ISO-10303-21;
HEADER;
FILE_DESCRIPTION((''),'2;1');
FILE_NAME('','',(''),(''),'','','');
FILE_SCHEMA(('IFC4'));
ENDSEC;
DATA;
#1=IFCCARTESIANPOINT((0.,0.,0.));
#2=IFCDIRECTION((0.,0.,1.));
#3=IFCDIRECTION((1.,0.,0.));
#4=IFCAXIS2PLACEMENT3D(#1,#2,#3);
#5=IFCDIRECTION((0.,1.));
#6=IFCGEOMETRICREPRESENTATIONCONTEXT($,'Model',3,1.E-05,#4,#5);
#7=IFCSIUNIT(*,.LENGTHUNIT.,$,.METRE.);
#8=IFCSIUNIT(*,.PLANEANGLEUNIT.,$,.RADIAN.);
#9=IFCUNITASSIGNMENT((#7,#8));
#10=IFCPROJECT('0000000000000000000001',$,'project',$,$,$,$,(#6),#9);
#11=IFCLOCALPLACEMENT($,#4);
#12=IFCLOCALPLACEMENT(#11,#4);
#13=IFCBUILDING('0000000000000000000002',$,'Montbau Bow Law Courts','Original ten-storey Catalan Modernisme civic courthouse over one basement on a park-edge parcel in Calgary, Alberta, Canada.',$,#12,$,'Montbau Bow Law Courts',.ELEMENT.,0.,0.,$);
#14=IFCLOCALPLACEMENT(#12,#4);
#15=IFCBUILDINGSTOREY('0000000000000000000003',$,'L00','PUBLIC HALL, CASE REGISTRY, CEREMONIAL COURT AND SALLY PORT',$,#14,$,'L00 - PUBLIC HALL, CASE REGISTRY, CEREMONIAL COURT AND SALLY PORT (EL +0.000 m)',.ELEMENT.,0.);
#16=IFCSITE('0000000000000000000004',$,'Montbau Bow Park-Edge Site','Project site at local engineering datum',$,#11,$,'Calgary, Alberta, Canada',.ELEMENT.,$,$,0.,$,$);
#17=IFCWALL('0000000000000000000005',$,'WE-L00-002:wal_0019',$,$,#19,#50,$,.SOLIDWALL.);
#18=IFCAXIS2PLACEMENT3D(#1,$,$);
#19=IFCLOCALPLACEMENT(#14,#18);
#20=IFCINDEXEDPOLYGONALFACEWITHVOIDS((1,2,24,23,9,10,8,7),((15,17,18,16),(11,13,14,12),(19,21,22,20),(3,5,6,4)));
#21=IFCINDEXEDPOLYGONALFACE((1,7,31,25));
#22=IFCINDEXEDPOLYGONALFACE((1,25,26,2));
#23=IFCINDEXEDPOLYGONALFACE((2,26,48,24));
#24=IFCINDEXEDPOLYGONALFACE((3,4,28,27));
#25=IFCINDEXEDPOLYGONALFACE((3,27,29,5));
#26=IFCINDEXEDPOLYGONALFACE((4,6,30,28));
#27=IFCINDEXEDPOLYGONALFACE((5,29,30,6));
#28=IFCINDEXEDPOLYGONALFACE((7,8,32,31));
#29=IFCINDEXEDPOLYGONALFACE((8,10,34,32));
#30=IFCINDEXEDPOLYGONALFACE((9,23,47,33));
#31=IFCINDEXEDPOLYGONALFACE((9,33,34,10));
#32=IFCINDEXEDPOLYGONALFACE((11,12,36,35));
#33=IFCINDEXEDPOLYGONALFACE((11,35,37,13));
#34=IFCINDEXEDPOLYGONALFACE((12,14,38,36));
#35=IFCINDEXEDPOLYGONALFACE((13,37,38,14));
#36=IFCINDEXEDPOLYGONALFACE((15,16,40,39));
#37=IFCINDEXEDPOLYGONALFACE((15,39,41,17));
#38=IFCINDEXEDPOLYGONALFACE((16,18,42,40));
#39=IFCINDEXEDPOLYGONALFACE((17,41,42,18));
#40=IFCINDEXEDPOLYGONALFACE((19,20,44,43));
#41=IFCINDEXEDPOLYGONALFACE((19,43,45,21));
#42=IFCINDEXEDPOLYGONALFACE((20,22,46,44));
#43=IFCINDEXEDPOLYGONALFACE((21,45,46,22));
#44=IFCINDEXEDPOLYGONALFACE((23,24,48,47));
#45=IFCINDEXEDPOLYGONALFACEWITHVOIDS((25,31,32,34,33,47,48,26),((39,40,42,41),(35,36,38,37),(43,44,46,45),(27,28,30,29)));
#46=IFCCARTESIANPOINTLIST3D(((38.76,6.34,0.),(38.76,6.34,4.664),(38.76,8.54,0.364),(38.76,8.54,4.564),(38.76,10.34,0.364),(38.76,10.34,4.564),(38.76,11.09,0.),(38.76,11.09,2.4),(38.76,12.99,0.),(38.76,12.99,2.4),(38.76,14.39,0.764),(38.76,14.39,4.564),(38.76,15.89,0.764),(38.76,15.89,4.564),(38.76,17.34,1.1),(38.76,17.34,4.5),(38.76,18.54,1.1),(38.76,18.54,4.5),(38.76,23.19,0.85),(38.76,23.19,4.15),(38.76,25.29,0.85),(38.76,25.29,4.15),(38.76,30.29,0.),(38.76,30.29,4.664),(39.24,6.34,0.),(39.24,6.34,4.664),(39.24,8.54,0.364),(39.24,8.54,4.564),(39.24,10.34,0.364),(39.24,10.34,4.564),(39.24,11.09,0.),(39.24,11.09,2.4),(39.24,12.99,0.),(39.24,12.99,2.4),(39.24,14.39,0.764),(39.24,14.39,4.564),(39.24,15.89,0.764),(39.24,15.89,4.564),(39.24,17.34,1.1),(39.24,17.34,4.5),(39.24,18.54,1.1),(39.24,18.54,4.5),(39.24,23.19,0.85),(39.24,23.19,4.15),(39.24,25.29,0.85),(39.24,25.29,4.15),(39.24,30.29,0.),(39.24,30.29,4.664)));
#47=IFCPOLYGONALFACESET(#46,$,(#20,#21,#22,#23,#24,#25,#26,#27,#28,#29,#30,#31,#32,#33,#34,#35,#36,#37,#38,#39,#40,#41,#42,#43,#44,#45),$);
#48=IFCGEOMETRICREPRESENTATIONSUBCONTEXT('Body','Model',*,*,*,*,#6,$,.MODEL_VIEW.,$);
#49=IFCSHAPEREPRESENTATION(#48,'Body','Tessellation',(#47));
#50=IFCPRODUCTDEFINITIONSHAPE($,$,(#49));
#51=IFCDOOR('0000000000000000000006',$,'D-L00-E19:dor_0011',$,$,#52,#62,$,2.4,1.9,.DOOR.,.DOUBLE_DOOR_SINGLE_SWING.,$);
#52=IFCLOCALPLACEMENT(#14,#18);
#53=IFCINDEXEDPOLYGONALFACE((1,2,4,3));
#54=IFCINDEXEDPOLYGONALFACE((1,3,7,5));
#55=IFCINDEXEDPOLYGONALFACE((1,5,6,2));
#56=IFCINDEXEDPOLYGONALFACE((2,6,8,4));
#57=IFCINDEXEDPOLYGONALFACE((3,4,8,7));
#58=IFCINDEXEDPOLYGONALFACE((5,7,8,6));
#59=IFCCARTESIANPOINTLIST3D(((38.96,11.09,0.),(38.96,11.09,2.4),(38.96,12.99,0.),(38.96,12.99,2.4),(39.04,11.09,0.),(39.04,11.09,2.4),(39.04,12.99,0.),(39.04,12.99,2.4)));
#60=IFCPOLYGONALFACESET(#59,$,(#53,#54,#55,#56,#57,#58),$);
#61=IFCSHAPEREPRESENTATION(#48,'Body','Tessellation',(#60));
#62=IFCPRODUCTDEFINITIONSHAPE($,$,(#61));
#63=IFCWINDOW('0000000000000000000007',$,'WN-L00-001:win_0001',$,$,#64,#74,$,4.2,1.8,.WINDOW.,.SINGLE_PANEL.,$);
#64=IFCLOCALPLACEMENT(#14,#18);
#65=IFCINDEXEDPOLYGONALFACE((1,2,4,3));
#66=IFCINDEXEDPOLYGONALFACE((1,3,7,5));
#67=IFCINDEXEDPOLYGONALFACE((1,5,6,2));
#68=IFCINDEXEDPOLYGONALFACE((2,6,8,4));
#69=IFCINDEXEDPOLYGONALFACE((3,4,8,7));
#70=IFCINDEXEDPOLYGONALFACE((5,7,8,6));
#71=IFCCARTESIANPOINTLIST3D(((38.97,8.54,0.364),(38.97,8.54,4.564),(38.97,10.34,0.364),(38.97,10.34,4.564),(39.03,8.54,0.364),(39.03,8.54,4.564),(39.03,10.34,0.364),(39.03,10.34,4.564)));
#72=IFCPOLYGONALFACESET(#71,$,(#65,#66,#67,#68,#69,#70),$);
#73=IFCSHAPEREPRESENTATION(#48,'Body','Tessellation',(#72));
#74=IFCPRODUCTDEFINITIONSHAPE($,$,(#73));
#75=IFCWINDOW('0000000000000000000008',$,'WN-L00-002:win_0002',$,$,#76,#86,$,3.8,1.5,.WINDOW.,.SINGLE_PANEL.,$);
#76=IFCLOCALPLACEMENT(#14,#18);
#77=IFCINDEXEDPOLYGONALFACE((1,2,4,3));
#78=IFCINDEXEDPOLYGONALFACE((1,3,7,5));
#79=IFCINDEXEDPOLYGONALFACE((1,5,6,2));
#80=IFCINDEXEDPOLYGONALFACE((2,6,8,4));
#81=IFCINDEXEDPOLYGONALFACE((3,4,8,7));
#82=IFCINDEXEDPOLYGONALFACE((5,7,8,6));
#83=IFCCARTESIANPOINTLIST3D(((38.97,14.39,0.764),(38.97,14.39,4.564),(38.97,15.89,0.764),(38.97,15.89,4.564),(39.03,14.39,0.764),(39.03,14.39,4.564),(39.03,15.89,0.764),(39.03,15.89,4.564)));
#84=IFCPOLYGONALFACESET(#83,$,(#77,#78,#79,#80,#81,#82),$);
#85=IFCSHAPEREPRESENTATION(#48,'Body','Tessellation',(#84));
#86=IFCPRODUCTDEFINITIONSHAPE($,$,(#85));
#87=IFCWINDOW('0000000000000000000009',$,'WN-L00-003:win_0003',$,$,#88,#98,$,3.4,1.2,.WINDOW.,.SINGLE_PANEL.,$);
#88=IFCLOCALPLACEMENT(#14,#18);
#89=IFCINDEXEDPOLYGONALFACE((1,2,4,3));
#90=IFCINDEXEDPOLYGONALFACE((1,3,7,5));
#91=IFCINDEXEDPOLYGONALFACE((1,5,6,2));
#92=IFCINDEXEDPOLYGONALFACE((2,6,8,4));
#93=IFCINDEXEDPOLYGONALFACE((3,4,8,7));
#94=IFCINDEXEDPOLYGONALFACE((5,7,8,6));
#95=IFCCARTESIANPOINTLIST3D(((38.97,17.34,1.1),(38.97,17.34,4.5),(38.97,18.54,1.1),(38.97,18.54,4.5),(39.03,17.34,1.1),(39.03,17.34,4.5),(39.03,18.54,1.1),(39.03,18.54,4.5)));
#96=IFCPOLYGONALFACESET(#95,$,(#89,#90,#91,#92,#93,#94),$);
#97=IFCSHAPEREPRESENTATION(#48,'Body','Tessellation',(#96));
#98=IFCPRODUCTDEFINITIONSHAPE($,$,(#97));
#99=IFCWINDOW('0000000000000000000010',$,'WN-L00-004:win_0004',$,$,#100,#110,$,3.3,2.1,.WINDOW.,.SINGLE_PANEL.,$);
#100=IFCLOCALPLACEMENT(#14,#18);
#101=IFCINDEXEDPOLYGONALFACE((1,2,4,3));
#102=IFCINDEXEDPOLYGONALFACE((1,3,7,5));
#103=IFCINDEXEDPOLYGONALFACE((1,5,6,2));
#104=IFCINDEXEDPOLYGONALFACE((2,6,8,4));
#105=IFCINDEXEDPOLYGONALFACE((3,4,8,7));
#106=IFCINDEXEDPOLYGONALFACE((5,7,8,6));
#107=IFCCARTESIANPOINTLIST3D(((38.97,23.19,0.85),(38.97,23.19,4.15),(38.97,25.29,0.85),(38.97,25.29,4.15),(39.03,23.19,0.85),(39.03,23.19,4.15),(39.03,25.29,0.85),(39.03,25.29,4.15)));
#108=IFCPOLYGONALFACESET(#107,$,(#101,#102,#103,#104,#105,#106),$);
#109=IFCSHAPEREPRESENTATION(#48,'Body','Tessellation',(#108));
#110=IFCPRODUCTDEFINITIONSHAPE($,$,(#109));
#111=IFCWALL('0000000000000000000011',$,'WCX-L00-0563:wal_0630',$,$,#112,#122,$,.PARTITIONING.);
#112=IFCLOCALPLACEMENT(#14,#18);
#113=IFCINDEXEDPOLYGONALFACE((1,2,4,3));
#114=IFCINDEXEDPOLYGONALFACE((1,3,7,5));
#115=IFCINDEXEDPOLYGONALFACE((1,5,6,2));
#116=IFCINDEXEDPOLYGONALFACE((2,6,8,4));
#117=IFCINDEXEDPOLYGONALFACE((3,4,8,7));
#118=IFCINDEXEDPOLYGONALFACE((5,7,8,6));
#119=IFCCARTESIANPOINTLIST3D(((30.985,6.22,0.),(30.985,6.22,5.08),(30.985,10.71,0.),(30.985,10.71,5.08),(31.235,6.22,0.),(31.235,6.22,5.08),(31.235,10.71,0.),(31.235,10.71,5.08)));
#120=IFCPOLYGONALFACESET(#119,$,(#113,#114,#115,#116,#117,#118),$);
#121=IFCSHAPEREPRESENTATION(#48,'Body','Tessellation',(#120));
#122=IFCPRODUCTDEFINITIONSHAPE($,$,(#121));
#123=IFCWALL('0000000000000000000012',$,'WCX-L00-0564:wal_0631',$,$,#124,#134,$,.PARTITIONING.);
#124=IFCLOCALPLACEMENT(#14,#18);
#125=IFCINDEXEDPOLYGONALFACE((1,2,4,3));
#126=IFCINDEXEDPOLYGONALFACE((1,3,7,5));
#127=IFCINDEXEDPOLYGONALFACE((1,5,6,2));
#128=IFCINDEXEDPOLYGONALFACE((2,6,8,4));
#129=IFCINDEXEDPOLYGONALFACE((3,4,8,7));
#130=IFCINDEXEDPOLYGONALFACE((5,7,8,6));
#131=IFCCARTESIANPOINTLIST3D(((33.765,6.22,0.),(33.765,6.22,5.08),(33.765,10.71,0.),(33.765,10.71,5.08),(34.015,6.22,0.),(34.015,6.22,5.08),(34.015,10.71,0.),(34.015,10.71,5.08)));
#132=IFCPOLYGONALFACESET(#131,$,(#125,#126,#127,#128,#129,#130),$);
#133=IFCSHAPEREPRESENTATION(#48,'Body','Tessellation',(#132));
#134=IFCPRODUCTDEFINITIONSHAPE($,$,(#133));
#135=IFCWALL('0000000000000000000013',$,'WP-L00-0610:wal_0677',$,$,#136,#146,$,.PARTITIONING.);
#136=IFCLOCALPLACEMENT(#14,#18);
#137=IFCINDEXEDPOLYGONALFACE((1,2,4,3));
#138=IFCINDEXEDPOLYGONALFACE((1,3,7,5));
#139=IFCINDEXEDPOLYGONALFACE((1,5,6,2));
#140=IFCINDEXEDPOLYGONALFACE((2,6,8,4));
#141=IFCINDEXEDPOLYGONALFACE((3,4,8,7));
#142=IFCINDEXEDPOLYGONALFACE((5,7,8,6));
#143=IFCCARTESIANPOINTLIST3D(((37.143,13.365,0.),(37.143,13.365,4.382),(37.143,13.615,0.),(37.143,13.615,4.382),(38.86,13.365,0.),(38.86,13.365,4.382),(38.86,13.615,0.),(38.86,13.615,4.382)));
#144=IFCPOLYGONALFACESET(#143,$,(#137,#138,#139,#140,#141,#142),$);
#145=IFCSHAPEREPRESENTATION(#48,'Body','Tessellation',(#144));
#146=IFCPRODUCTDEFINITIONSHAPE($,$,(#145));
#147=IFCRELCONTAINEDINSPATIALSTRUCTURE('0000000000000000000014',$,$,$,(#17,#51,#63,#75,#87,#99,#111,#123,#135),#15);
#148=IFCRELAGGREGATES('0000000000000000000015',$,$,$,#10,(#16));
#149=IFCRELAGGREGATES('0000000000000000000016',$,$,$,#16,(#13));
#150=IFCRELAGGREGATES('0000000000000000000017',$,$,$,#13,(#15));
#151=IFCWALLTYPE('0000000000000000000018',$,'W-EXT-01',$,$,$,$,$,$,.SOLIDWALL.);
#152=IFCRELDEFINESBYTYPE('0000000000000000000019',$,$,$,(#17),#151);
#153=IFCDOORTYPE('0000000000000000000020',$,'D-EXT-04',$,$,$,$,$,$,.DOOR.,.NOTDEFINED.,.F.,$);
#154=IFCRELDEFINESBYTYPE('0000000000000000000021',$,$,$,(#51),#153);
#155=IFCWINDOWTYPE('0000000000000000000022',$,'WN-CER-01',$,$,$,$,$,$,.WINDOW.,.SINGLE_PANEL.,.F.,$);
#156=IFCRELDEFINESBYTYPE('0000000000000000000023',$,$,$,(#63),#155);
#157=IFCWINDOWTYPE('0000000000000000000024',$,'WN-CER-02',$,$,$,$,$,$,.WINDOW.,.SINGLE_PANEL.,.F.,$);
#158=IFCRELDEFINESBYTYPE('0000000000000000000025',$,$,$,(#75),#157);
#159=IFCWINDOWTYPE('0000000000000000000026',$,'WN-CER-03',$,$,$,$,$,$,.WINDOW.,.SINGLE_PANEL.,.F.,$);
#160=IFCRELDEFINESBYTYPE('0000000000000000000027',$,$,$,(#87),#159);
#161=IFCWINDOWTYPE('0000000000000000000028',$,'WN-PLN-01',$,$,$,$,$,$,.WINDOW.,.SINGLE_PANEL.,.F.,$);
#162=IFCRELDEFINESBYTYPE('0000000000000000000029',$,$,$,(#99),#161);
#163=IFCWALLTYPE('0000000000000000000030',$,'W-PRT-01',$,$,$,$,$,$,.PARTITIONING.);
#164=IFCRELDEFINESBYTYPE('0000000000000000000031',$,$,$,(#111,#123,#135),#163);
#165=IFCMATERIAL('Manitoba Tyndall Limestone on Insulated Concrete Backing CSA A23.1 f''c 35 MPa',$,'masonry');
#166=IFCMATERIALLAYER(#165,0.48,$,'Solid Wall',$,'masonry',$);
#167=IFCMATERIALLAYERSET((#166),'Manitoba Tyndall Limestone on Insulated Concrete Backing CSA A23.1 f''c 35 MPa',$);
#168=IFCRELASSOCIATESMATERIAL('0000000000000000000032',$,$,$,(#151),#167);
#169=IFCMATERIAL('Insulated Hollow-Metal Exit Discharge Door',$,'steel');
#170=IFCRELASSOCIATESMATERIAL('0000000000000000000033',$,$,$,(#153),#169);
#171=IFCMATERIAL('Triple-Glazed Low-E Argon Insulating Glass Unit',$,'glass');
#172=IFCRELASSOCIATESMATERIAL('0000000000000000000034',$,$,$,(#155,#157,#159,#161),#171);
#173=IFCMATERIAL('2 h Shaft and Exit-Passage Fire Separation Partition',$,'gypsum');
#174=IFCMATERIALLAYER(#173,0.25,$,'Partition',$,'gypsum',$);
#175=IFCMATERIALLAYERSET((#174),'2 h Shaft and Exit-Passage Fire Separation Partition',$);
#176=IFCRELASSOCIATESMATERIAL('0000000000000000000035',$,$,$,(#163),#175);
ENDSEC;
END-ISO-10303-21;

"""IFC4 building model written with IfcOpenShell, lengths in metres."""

from ifc_helpers import new_model, si_unit, direction, frame, frame_2d, origin_with_axes, place, context, subcontext, project, spatial, rectangle, extrude, material, layer, layer_set, type_object, element, fill, save


model = new_model("IFC4")

# Units and contexts
model_context = context("Model", 3, precision=1e-05, world=origin_with_axes(), true_north=direction((0.0, 1.0)))
body_context = subcontext(model_context, "Body", "Model", "MODEL_VIEW")
ifc_project = project(units=[si_unit("LENGTHUNIT", "METRE"), si_unit("PLANEANGLEUNIT", "RADIAN")], contexts=[model_context])

# Site, building, storey
site_placement = place(None, origin_with_axes())
site = spatial("IfcSite", under=ifc_project, at=site_placement, Name="Montbau Bow Park-Edge Site", Description="Project site at local engineering datum", LongName="Calgary, Alberta, Canada", CompositionType="ELEMENT", RefElevation=0.0)
building_placement = place(site_placement, origin_with_axes())
building = spatial("IfcBuilding", under=site, at=building_placement, Name="Montbau Bow Law Courts", Description="Original ten-storey Catalan Modernisme civic courthouse over one basement on a park-edge parcel in Calgary, Alberta, Canada.", LongName="Montbau Bow Law Courts", CompositionType="ELEMENT", ElevationOfRefHeight=0.0, ElevationOfTerrain=0.0)
storey_placement = place(building_placement, origin_with_axes())
storey = spatial("IfcBuildingStorey", under=building, at=storey_placement, Name="L00", Description="PUBLIC HALL, CASE REGISTRY, CEREMONIAL COURT AND SALLY PORT", LongName="L00 - PUBLIC HALL, CASE REGISTRY, CEREMONIAL COURT AND SALLY PORT (EL +0.000 m)", CompositionType="ELEMENT", Elevation=0.0)

# Wall, openings, door, windows
ifc_material_1 = material(Name="Manitoba Tyndall Limestone on Insulated Concrete Backing CSA A23.1 f'c 35 MPa", Category="masonry")
ifc_layer_1 = layer(ifc_material_1, 0.48, Name="Solid Wall", Category="masonry")
ifc_layer_set_1 = layer_set([ifc_layer_1], Name="Manitoba Tyndall Limestone on Insulated Concrete Backing CSA A23.1 f'c 35 MPa")
wall_type_1 = type_object("IfcWallType", Name="W-EXT-01", PredefinedType="SOLIDWALL", material=ifc_layer_set_1)
wall_1_placement = place(None, frame((39.0, 6.34, 0.0), z_axis=(0.0, 0.0, 1.0), x_axis=(0.0, 1.0, 0.0)))
wall_1 = element("IfcWall", 1, at=wall_1_placement, inside=storey, type_object=wall_type_1, Name="WE-L00-002:wal_0019", PredefinedType="SOLIDWALL", context=body_context, shape_type="SweptSolid", body=[
    extrude(rectangle(XDim=23.95, YDim=0.48, at=frame_2d((11.975, 0.0), x_axis=(1.0, 0.0))), origin_with_axes(), (0.0, 0.0, 1.0), 4.664),
])
opening_1_placement = place(None, frame((39.0, 12.04, 0.0), z_axis=(0.0, 0.0, 1.0), x_axis=(0.0, 1.0, 0.0)))
opening_1 = element("IfcOpeningElement", 2, at=opening_1_placement, cuts=wall_1, PredefinedType="OPENING", context=body_context, shape_type="SweptSolid", body=[
    extrude(rectangle(XDim=1.9, YDim=2.4, at=frame_2d((0.0, 1.2), x_axis=(1.0, 0.0))), frame((0.0, 0.25, 0.0), z_axis=(0.0, -1.0, 0.0), x_axis=(1.0, 0.0, 0.0)), (0.0, 0.0, 1.0), 0.5),
])
opening_2_placement = place(None, frame((39.0, 9.44, 0.364), z_axis=(0.0, 0.0, 1.0), x_axis=(0.0, 1.0, 0.0)))
opening_2 = element("IfcOpeningElement", 3, at=opening_2_placement, cuts=wall_1, PredefinedType="OPENING", context=body_context, shape_type="SweptSolid", body=[
    extrude(rectangle(XDim=1.8, YDim=4.2, at=frame_2d((0.0, 2.1), x_axis=(1.0, 0.0))), frame((0.0, 0.25, 0.0), z_axis=(0.0, -1.0, 0.0), x_axis=(1.0, 0.0, 0.0)), (0.0, 0.0, 1.0), 0.5),
])
opening_3_placement = place(None, frame((39.0, 15.14, 0.764), z_axis=(0.0, 0.0, 1.0), x_axis=(0.0, 1.0, 0.0)))
opening_3 = element("IfcOpeningElement", 4, at=opening_3_placement, cuts=wall_1, PredefinedType="OPENING", context=body_context, shape_type="SweptSolid", body=[
    extrude(rectangle(XDim=1.5, YDim=3.8, at=frame_2d((0.0, 1.9), x_axis=(1.0, 0.0))), frame((0.0, 0.25, 0.0), z_axis=(0.0, -1.0, 0.0), x_axis=(1.0, 0.0, 0.0)), (0.0, 0.0, 1.0), 0.5),
])
opening_4_placement = place(None, frame((39.0, 17.94, 1.1), z_axis=(0.0, 0.0, 1.0), x_axis=(0.0, 1.0, 0.0)))
opening_4 = element("IfcOpeningElement", 5, at=opening_4_placement, cuts=wall_1, PredefinedType="OPENING", context=body_context, shape_type="SweptSolid", body=[
    extrude(rectangle(XDim=1.2, YDim=3.4, at=frame_2d((0.0, 1.7), x_axis=(1.0, 0.0))), frame((0.0, 0.25, 0.0), z_axis=(0.0, -1.0, 0.0), x_axis=(1.0, 0.0, 0.0)), (0.0, 0.0, 1.0), 0.5),
])
opening_5_placement = place(None, frame((39.0, 24.24, 0.85), z_axis=(0.0, 0.0, 1.0), x_axis=(0.0, 1.0, 0.0)))
opening_5 = element("IfcOpeningElement", 6, at=opening_5_placement, cuts=wall_1, PredefinedType="OPENING", context=body_context, shape_type="SweptSolid", body=[
    extrude(rectangle(XDim=2.1, YDim=3.3, at=frame_2d((0.0, 1.65), x_axis=(1.0, 0.0))), frame((0.0, 0.25, 0.0), z_axis=(0.0, -1.0, 0.0), x_axis=(1.0, 0.0, 0.0)), (0.0, 0.0, 1.0), 0.5),
])
ifc_material_2 = material(Name="Insulated Hollow-Metal Exit Discharge Door", Category="steel")
door_type_1 = type_object("IfcDoorType", Name="D-EXT-04", OperationType="NOTDEFINED", ParameterTakesPrecedence=False, PredefinedType="DOOR", material=ifc_material_2)
door_1_placement = place(None, frame((39.0, 12.04, 0.0), z_axis=(0.0, 0.0, 1.0), x_axis=(0.0, -1.0, 0.0)))
door_1 = element("IfcDoor", 7, at=door_1_placement, inside=storey, type_object=door_type_1, Name="D-L00-E19:dor_0011", OperationType="DOUBLE_DOOR_SINGLE_SWING", OverallHeight=2.4, OverallWidth=1.9, PredefinedType="DOOR", context=body_context, shape_type="SweptSolid", body=[
    extrude(rectangle(XDim=1.9, YDim=2.4, at=frame_2d((0.0, 1.2), x_axis=(1.0, 0.0))), frame((0.0, 0.04, 0.0), z_axis=(0.0, -1.0, 0.0), x_axis=(1.0, 0.0, 0.0)), (0.0, 0.0, 1.0), 0.08),
])
fill(opening_1, door_1)
ifc_material_3 = material(Name="Triple-Glazed Low-E Argon Insulating Glass Unit", Category="glass")
window_type_1 = type_object("IfcWindowType", Name="WN-CER-01", ParameterTakesPrecedence=False, PartitioningType="SINGLE_PANEL", PredefinedType="WINDOW", material=ifc_material_3)
window_1_placement = place(None, frame((39.0, 9.44, 0.364), z_axis=(0.0, 0.0, 1.0), x_axis=(0.0, 1.0, 0.0)))
window_1 = element("IfcWindow", 8, at=window_1_placement, inside=storey, type_object=window_type_1, Name="WN-L00-001:win_0001", OverallHeight=4.2, OverallWidth=1.8, PartitioningType="SINGLE_PANEL", PredefinedType="WINDOW", context=body_context, shape_type="SweptSolid", body=[
    extrude(rectangle(XDim=1.8, YDim=4.2, at=frame_2d((0.0, 2.1), x_axis=(1.0, 0.0))), frame((0.0, 0.03, 0.0), z_axis=(0.0, -1.0, 0.0), x_axis=(1.0, 0.0, 0.0)), (0.0, 0.0, 1.0), 0.06),
])
fill(opening_2, window_1)
window_type_2 = type_object("IfcWindowType", Name="WN-CER-02", ParameterTakesPrecedence=False, PartitioningType="SINGLE_PANEL", PredefinedType="WINDOW", material=ifc_material_3)
window_2_placement = place(None, frame((39.0, 15.14, 0.764), z_axis=(0.0, 0.0, 1.0), x_axis=(0.0, 1.0, 0.0)))
window_2 = element("IfcWindow", 9, at=window_2_placement, inside=storey, type_object=window_type_2, Name="WN-L00-002:win_0002", OverallHeight=3.8, OverallWidth=1.5, PartitioningType="SINGLE_PANEL", PredefinedType="WINDOW", context=body_context, shape_type="SweptSolid", body=[
    extrude(rectangle(XDim=1.5, YDim=3.8, at=frame_2d((0.0, 1.9), x_axis=(1.0, 0.0))), frame((0.0, 0.03, 0.0), z_axis=(0.0, -1.0, 0.0), x_axis=(1.0, 0.0, 0.0)), (0.0, 0.0, 1.0), 0.06),
])
fill(opening_3, window_2)
window_type_3 = type_object("IfcWindowType", Name="WN-CER-03", ParameterTakesPrecedence=False, PartitioningType="SINGLE_PANEL", PredefinedType="WINDOW", material=ifc_material_3)
window_3_placement = place(None, frame((39.0, 17.94, 1.1), z_axis=(0.0, 0.0, 1.0), x_axis=(0.0, 1.0, 0.0)))
window_3 = element("IfcWindow", 10, at=window_3_placement, inside=storey, type_object=window_type_3, Name="WN-L00-003:win_0003", OverallHeight=3.4, OverallWidth=1.2, PartitioningType="SINGLE_PANEL", PredefinedType="WINDOW", context=body_context, shape_type="SweptSolid", body=[
    extrude(rectangle(XDim=1.2, YDim=3.4, at=frame_2d((0.0, 1.7), x_axis=(1.0, 0.0))), frame((0.0, 0.03, 0.0), z_axis=(0.0, -1.0, 0.0), x_axis=(1.0, 0.0, 0.0)), (0.0, 0.0, 1.0), 0.06),
])
fill(opening_4, window_3)
window_type_4 = type_object("IfcWindowType", Name="WN-PLN-01", ParameterTakesPrecedence=False, PartitioningType="SINGLE_PANEL", PredefinedType="WINDOW", material=ifc_material_3)
window_4_placement = place(None, frame((39.0, 24.24, 0.85), z_axis=(0.0, 0.0, 1.0), x_axis=(0.0, 1.0, 0.0)))
window_4 = element("IfcWindow", 11, at=window_4_placement, inside=storey, type_object=window_type_4, Name="WN-L00-004:win_0004", OverallHeight=3.3, OverallWidth=2.1, PartitioningType="SINGLE_PANEL", PredefinedType="WINDOW", context=body_context, shape_type="SweptSolid", body=[
    extrude(rectangle(XDim=2.1, YDim=3.3, at=frame_2d((0.0, 1.65), x_axis=(1.0, 0.0))), frame((0.0, 0.03, 0.0), z_axis=(0.0, -1.0, 0.0), x_axis=(1.0, 0.0, 0.0)), (0.0, 0.0, 1.0), 0.06),
])
fill(opening_5, window_4)

# Walls
ifc_material_4 = material(Name="2 h Shaft and Exit-Passage Fire Separation Partition", Category="gypsum")
ifc_layer_2 = layer(ifc_material_4, 0.25, Name="Partition", Category="gypsum")
ifc_layer_set_2 = layer_set([ifc_layer_2], Name="2 h Shaft and Exit-Passage Fire Separation Partition")
wall_type_2 = type_object("IfcWallType", Name="W-PRT-01", PredefinedType="PARTITIONING", material=ifc_layer_set_2)
for number, where, z_axis, x_axis, name in (
    (12, (31.11, 6.22, 0.0), (0.0, 0.0, 1.0), (0.0, 1.0, 0.0), "WCX-L00-0563:wal_0630"),
    (13, (33.89, 6.22, 0.0), (0.0, 0.0, 1.0), (0.0, 1.0, 0.0), "WCX-L00-0564:wal_0631"),
):
    element("IfcWall", number, at=place(None, frame(where, z_axis=z_axis, x_axis=x_axis)), inside=storey, type_object=wall_type_2, Name=name, PredefinedType="PARTITIONING", context=body_context, shape_type="SweptSolid", body=[
        extrude(rectangle(XDim=4.49, YDim=0.25, at=frame_2d((2.245, 0.0), x_axis=(1.0, 0.0))), origin_with_axes(), (0.0, 0.0, 1.0), 5.08),
    ])
wall_2_placement = place(None, frame((37.143, 13.49, 0.0), z_axis=(0.0, 0.0, 1.0), x_axis=(1.0, 0.0, 0.0)))
element("IfcWall", 14, at=wall_2_placement, inside=storey, type_object=wall_type_2, Name="WP-L00-0610:wal_0677", PredefinedType="PARTITIONING", context=body_context, shape_type="SweptSolid", body=[
    extrude(rectangle(XDim=1.717, YDim=0.25, at=frame_2d((0.8585, 0.0), x_axis=(1.0, 0.0))), origin_with_axes(), (0.0, 0.0, 1.0), 4.382),
])

save(model, "model.ifc")
